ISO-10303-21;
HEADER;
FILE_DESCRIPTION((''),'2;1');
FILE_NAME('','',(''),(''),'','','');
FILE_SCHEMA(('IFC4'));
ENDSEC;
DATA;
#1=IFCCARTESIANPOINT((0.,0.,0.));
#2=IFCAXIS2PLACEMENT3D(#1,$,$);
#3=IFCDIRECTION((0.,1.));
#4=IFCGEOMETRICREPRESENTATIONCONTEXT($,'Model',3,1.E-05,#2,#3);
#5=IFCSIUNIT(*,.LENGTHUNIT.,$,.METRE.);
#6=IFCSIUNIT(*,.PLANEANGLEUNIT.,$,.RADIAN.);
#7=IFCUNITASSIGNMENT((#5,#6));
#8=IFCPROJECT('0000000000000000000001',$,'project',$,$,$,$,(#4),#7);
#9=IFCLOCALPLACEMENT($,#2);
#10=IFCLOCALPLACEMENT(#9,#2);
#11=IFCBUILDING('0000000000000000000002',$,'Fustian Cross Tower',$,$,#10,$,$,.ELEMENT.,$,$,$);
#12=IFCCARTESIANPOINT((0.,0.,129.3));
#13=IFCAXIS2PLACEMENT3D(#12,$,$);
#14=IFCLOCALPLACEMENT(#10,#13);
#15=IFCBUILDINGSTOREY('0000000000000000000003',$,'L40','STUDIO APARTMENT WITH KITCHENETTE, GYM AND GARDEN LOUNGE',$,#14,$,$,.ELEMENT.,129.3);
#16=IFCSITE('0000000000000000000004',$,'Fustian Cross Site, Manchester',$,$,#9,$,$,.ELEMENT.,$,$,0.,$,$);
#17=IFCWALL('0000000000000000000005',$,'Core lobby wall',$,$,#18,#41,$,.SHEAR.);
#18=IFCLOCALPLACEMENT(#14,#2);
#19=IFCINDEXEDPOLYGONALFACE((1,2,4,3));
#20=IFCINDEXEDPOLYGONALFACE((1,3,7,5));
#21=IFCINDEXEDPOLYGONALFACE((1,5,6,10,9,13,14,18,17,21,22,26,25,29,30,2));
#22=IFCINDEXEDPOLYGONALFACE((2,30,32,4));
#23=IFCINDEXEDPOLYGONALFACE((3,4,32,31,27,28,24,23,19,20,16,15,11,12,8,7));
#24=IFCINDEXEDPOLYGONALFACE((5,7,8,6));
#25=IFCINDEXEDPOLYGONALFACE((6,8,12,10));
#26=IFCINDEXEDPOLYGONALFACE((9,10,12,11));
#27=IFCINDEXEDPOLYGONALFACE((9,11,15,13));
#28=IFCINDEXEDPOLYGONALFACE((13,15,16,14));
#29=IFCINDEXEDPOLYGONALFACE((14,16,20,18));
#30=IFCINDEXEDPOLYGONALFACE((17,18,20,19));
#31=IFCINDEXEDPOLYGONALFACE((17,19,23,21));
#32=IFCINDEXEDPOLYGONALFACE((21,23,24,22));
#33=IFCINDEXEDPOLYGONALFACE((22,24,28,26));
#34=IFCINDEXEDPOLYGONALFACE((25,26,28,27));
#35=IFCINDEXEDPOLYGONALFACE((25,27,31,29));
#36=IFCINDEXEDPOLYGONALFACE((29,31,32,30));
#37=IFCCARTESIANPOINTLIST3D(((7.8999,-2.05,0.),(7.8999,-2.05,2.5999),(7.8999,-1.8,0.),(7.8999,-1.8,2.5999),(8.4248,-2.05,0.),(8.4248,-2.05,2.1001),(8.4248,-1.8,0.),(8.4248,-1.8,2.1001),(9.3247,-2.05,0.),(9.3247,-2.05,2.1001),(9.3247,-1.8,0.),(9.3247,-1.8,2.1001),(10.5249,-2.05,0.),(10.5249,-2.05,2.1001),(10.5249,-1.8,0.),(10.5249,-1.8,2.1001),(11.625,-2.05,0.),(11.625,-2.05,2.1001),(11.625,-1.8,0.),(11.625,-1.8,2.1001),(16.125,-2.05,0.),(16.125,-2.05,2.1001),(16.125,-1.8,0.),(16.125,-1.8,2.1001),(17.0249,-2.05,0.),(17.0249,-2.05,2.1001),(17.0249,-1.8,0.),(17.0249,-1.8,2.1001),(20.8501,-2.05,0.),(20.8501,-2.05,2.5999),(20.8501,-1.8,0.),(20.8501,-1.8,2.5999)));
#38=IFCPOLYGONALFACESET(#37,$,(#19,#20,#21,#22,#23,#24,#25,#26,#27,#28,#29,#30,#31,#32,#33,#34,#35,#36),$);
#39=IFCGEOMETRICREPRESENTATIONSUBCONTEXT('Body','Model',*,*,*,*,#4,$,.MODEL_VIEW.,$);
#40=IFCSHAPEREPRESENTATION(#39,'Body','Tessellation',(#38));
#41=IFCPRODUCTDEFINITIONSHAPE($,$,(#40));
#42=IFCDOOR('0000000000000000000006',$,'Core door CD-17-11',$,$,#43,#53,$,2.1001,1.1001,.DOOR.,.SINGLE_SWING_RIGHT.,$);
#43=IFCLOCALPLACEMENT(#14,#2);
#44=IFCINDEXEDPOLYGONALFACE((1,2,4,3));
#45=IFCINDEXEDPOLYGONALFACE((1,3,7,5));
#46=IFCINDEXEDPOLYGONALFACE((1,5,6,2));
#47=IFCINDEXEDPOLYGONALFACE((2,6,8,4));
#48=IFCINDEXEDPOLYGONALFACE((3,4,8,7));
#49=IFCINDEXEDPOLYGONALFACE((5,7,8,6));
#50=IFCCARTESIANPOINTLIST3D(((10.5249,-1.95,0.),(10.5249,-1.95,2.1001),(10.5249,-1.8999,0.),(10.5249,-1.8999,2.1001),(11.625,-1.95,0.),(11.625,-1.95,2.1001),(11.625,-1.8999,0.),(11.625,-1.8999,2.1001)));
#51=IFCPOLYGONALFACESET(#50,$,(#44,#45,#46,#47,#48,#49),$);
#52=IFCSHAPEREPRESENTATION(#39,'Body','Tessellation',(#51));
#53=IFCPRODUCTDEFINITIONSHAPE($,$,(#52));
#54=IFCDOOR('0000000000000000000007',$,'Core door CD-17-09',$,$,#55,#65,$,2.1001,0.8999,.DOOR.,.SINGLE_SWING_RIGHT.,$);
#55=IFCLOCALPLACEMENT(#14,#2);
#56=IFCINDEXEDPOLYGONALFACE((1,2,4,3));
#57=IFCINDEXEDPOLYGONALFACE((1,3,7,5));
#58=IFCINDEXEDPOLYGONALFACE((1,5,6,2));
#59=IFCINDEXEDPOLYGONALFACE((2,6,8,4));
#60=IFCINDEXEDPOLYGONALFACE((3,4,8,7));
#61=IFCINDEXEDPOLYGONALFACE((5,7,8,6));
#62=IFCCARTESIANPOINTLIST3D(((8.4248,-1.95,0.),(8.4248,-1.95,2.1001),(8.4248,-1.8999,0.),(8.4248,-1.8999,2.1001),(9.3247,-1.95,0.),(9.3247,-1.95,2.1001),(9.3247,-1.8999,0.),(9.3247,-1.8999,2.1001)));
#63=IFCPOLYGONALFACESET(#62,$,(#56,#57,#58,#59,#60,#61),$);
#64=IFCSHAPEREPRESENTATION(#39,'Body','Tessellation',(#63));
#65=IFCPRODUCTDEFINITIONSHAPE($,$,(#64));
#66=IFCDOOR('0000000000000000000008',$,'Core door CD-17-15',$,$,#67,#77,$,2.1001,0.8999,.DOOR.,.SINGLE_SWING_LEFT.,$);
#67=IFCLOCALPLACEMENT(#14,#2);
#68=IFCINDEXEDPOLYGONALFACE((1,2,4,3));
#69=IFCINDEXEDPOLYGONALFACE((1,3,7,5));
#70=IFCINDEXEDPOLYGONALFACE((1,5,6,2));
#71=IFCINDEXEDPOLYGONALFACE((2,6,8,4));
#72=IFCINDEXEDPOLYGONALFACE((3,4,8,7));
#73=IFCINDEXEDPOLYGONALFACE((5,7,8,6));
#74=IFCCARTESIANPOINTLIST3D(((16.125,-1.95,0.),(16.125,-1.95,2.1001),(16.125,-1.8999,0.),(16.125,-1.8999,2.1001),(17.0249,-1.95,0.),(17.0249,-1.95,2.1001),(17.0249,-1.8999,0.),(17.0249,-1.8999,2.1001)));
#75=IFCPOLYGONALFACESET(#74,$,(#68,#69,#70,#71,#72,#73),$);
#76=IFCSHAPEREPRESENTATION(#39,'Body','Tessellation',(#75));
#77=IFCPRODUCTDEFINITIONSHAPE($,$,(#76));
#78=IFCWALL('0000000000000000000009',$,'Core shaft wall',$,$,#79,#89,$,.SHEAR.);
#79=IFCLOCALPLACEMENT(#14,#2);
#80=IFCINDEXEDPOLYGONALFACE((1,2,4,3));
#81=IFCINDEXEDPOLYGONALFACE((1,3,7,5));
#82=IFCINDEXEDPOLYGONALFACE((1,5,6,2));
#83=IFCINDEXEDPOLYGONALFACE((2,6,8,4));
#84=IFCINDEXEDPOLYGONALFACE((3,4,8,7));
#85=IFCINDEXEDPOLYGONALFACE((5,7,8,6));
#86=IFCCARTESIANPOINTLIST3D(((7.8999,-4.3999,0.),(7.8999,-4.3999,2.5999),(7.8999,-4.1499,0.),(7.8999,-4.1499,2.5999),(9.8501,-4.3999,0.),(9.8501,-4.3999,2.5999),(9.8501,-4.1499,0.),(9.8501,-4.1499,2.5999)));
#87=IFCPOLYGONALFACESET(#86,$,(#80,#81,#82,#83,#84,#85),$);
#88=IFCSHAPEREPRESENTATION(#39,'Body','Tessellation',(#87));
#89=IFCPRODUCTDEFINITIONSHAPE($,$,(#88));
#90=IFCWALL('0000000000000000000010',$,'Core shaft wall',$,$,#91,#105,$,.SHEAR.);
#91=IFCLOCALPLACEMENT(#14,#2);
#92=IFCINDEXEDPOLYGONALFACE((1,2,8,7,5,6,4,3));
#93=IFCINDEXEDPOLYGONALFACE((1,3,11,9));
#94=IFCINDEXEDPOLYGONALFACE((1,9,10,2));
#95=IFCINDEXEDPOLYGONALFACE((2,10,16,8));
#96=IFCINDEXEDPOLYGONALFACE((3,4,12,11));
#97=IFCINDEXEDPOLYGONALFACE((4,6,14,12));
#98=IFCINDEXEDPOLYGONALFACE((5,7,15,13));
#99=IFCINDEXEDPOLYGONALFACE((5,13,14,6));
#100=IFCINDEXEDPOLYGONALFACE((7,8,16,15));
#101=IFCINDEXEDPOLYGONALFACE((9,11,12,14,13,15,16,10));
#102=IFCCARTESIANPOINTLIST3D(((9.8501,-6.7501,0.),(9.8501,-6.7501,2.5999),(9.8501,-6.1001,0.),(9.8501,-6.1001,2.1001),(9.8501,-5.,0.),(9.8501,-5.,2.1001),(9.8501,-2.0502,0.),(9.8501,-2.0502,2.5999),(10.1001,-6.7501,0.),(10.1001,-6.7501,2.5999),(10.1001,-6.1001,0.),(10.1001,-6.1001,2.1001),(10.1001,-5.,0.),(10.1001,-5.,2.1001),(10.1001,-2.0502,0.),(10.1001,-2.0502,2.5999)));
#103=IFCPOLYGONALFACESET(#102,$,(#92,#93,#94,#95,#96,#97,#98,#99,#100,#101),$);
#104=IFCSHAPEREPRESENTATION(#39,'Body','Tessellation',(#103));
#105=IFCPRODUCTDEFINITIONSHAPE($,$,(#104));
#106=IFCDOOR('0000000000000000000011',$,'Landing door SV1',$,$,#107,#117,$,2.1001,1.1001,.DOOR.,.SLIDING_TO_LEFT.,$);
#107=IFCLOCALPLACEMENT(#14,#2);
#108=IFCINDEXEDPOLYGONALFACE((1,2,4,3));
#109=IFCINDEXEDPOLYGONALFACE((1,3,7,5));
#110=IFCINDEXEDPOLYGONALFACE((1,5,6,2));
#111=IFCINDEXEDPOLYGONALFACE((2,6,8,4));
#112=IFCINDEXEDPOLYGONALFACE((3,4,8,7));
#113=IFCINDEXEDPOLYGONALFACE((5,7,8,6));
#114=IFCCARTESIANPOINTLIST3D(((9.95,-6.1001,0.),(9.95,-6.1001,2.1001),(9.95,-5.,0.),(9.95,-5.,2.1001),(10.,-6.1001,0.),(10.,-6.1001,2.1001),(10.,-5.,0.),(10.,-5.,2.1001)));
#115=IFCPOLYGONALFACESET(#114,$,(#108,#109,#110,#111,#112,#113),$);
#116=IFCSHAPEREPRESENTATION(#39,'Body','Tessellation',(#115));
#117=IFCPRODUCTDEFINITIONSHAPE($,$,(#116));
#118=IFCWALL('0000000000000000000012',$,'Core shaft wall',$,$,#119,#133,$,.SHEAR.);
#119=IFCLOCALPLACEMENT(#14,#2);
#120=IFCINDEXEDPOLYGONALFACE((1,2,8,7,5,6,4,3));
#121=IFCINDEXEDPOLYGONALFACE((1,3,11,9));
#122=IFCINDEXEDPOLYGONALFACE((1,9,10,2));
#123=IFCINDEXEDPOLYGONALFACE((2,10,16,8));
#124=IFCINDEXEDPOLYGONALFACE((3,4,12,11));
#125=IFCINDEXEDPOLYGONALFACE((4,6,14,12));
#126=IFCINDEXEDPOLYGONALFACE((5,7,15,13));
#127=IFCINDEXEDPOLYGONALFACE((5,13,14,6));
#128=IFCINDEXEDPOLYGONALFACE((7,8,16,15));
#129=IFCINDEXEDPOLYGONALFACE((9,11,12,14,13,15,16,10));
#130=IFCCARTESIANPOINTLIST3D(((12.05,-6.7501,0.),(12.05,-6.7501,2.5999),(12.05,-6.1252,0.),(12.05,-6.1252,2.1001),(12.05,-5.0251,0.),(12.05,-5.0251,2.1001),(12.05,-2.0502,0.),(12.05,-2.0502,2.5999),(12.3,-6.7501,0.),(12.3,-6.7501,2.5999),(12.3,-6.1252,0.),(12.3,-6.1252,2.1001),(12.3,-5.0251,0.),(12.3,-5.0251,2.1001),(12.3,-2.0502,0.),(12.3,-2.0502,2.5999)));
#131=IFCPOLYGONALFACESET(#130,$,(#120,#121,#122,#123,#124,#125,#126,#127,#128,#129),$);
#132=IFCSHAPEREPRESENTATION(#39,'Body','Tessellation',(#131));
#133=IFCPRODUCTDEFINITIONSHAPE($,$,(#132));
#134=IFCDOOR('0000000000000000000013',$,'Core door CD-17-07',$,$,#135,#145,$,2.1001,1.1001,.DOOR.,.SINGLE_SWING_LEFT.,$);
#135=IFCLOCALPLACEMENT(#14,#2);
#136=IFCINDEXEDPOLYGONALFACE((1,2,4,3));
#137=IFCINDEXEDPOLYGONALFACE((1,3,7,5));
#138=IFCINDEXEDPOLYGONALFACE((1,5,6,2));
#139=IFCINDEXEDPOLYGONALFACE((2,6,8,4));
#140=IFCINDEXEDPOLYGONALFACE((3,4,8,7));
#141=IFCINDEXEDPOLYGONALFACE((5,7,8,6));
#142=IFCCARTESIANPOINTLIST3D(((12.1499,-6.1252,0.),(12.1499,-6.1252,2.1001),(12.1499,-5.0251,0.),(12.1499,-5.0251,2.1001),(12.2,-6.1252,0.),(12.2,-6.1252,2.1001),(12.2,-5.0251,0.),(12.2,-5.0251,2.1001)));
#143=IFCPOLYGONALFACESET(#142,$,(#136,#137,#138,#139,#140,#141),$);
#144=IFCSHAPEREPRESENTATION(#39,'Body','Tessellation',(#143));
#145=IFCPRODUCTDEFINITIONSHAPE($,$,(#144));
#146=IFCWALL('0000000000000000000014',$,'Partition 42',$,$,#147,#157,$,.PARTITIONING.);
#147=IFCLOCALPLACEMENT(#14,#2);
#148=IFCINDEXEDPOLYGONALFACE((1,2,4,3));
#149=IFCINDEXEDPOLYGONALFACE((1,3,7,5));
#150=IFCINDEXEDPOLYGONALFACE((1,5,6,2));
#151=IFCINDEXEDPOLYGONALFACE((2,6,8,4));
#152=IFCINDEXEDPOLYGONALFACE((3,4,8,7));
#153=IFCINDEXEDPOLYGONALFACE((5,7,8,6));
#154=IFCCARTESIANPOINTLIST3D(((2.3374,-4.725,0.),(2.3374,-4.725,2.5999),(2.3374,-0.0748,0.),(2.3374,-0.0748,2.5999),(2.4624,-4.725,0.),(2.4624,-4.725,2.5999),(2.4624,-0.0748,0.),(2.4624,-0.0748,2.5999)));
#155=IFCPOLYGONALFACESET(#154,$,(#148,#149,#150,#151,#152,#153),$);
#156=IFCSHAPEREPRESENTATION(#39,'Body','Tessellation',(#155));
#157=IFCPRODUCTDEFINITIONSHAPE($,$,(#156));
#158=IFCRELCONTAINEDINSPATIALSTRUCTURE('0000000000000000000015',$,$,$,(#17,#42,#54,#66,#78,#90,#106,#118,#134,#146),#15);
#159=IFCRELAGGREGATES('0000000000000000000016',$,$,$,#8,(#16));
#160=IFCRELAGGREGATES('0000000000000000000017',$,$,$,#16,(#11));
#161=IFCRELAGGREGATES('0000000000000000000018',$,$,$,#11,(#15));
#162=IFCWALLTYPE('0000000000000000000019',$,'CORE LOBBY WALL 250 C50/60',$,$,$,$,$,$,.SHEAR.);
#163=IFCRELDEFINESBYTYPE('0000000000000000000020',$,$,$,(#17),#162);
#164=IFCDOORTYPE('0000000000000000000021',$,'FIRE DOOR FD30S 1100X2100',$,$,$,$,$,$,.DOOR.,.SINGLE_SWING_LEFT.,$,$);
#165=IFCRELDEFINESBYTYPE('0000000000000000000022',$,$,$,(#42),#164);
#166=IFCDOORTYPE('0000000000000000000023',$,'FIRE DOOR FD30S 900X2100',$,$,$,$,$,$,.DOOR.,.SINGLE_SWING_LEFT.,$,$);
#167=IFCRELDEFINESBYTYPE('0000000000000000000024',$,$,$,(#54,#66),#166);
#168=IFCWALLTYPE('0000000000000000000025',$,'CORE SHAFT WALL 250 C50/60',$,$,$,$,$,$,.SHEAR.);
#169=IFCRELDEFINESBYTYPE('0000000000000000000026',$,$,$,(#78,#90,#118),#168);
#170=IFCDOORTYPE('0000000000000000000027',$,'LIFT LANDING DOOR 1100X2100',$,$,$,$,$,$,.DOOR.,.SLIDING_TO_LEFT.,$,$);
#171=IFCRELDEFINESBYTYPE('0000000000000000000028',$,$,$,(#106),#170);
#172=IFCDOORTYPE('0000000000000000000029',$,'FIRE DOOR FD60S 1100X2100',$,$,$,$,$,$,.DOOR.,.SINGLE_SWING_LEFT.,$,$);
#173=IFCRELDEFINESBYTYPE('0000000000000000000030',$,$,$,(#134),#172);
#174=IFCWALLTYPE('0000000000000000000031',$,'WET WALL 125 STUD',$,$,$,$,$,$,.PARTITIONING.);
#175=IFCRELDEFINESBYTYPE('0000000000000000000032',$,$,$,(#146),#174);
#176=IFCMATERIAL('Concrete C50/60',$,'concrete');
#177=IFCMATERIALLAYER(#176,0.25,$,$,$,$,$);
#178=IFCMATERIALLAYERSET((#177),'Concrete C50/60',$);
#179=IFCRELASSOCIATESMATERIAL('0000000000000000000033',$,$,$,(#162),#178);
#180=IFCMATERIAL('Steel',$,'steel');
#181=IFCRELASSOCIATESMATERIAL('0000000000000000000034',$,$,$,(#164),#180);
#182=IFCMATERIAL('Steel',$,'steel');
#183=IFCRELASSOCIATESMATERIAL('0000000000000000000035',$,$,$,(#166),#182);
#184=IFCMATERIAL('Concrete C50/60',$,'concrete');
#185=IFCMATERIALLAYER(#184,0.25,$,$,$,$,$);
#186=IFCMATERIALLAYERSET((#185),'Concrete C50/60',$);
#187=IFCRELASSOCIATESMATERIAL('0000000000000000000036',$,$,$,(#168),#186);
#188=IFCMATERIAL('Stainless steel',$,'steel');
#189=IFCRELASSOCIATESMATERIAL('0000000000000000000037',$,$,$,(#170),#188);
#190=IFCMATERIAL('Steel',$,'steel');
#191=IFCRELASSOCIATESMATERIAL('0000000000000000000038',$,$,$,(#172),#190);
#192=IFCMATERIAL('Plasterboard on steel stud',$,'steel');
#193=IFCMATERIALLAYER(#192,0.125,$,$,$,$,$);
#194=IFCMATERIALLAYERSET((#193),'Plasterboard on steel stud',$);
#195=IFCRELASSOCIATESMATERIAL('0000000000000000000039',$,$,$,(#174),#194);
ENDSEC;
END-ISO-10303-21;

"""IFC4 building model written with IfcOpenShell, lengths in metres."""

from ifc_helpers import new_model, si_unit, direction, frame, frame_2d, origin, place, context, subcontext, project, spatial, rectangle, extrude, material, layer, layer_set, type_object, element, fill, save


model = new_model("IFC4")

# Units and contexts
model_context = context("Model", 3, precision=1e-05, world=origin(), true_north=direction((0.0, 1.0)))
body_context = subcontext(model_context, "Body", "Model", "MODEL_VIEW")
ifc_project = project(units=[si_unit("LENGTHUNIT", "METRE"), si_unit("PLANEANGLEUNIT", "RADIAN")], contexts=[model_context])

# Site, building, storey
site_placement = place(None, origin())
site = spatial("IfcSite", under=ifc_project, at=site_placement, Name="Fustian Cross Site, Manchester", CompositionType="ELEMENT", RefElevation=0.0)
building_placement = place(site_placement, origin())
building = spatial("IfcBuilding", under=site, at=building_placement, Name="Fustian Cross Tower", CompositionType="ELEMENT")
storey_placement = place(building_placement, frame((0.0, 0.0, 129.3)))
storey = spatial("IfcBuildingStorey", under=building, at=storey_placement, Name="L40", Description="STUDIO APARTMENT WITH KITCHENETTE, GYM AND GARDEN LOUNGE", CompositionType="ELEMENT", Elevation=129.3)

# Wall, openings, doors
ifc_material_1 = material(Name="Concrete C50/60", Category="concrete")
ifc_layer_1 = layer(ifc_material_1, 0.25)
ifc_layer_set_1 = layer_set([ifc_layer_1], Name="Concrete C50/60")
wall_type_1 = type_object("IfcWallType", Name="CORE LOBBY WALL 250 C50/60", PredefinedType="SHEAR", material=ifc_layer_set_1)
wall_1_placement = place(storey_placement, frame((7.8999, -1.925, 0.0), z_axis=(0.0, 0.0, 1.0), x_axis=(1.0, 0.0, 0.0)))
wall_1 = element("IfcWall", 1, at=wall_1_placement, inside=storey, type_object=wall_type_1, Name="Core lobby wall", PredefinedType="SHEAR", context=body_context, shape_type="SweptSolid", body=[
    extrude(rectangle(XDim=12.9502, YDim=0.25, at=frame_2d((6.4751, 0.0))), origin(), (0.0, 0.0, 1.0), 2.5999),
])
opening_1_placement = place(wall_1_placement, frame((0.5249, 0.0, 0.0)))
opening_1 = element("IfcOpeningElement", 2, at=opening_1_placement, cuts=wall_1, PredefinedType="OPENING", context=body_context, shape_type="SweptSolid", body=[
    extrude(rectangle(XDim=0.8999, YDim=2.1001, at=frame_2d((0.45, 1.05))), frame((0.0, 0.135, 0.0), z_axis=(0.0, -1.0, 0.0), x_axis=(1.0, 0.0, 0.0)), (0.0, 0.0, 1.0), 0.27),
])
opening_2_placement = place(wall_1_placement, frame((2.625, 0.0, 0.0)))
opening_2 = element("IfcOpeningElement", 3, at=opening_2_placement, cuts=wall_1, PredefinedType="OPENING", context=body_context, shape_type="SweptSolid", body=[
    extrude(rectangle(XDim=1.1001, YDim=2.1001, at=frame_2d((0.55, 1.05))), frame((0.0, 0.135, 0.0), z_axis=(0.0, -1.0, 0.0), x_axis=(1.0, 0.0, 0.0)), (0.0, 0.0, 1.0), 0.27),
])
opening_3_placement = place(wall_1_placement, frame((8.2251, 0.0, 0.0)))
opening_3 = element("IfcOpeningElement", 4, at=opening_3_placement, cuts=wall_1, PredefinedType="OPENING", context=body_context, shape_type="SweptSolid", body=[
    extrude(rectangle(XDim=0.8999, YDim=2.1001, at=frame_2d((0.45, 1.05))), frame((0.0, 0.135, 0.0), z_axis=(0.0, -1.0, 0.0), x_axis=(1.0, 0.0, 0.0)), (0.0, 0.0, 1.0), 0.27),
])
ifc_material_2 = material(Name="Steel", Category="steel")
door_type_1 = type_object("IfcDoorType", Name="FIRE DOOR FD30S 1100X2100", OperationType="SINGLE_SWING_LEFT", PredefinedType="DOOR", material=ifc_material_2)
door_1_placement = place(opening_2_placement, frame((1.1001, 0.0, 0.0), z_axis=(0.0, 0.0, 1.0), x_axis=(-1.0, 0.0, 0.0)))
door_1 = element("IfcDoor", 5, at=door_1_placement, inside=storey, type_object=door_type_1, Name="Core door CD-17-11", OperationType="SINGLE_SWING_RIGHT", OverallHeight=2.1001, OverallWidth=1.1001, PredefinedType="DOOR", context=body_context, shape_type="SweptSolid", body=[
    extrude(rectangle(XDim=1.1001, YDim=2.1001, at=frame_2d((0.55, 1.05))), frame((0.0, 0.0249, 0.0), z_axis=(0.0, -1.0, 0.0), x_axis=(1.0, 0.0, 0.0)), (0.0, 0.0, 1.0), 0.05),
])
fill(opening_2, door_1)
ifc_material_3 = material(Name="Steel", Category="steel")
door_type_2 = type_object("IfcDoorType", Name="FIRE DOOR FD30S 900X2100", OperationType="SINGLE_SWING_LEFT", PredefinedType="DOOR", material=ifc_material_3)
door_2_placement = place(opening_1_placement, frame((0.8999, 0.0, 0.0), z_axis=(0.0, 0.0, 1.0), x_axis=(-1.0, 0.0, 0.0)))
door_2 = element("IfcDoor", 6, at=door_2_placement, inside=storey, type_object=door_type_2, Name="Core door CD-17-09", OperationType="SINGLE_SWING_RIGHT", OverallHeight=2.1001, OverallWidth=0.8999, PredefinedType="DOOR", context=body_context, shape_type="SweptSolid", body=[
    extrude(rectangle(XDim=0.8999, YDim=2.1001, at=frame_2d((0.45, 1.05))), frame((0.0, 0.0249, 0.0), z_axis=(0.0, -1.0, 0.0), x_axis=(1.0, 0.0, 0.0)), (0.0, 0.0, 1.0), 0.05),
])
fill(opening_1, door_2)
door_3_placement = place(opening_3_placement, frame((0.8999, 0.0, 0.0), z_axis=(0.0, 0.0, 1.0), x_axis=(-1.0, 0.0, 0.0)))
door_3 = element("IfcDoor", 7, at=door_3_placement, inside=storey, type_object=door_type_2, Name="Core door CD-17-15", OperationType="SINGLE_SWING_LEFT", OverallHeight=2.1001, OverallWidth=0.8999, PredefinedType="DOOR", context=body_context, shape_type="SweptSolid", body=[
    extrude(rectangle(XDim=0.8999, YDim=2.1001, at=frame_2d((0.45, 1.05))), frame((0.0, 0.0249, 0.0), z_axis=(0.0, -1.0, 0.0), x_axis=(1.0, 0.0, 0.0)), (0.0, 0.0, 1.0), 0.05),
])
fill(opening_3, door_3)

# Wall
ifc_material_4 = material(Name="Concrete C50/60", Category="concrete")
ifc_layer_2 = layer(ifc_material_4, 0.25)
ifc_layer_set_2 = layer_set([ifc_layer_2], Name="Concrete C50/60")
wall_type_2 = type_object("IfcWallType", Name="CORE SHAFT WALL 250 C50/60", PredefinedType="SHEAR", material=ifc_layer_set_2)
wall_2_placement = place(storey_placement, frame((7.8999, -4.2749, 0.0), z_axis=(0.0, 0.0, 1.0), x_axis=(1.0, 0.0, 0.0)))
element("IfcWall", 8, at=wall_2_placement, inside=storey, type_object=wall_type_2, Name="Core shaft wall", PredefinedType="SHEAR", context=body_context, shape_type="SweptSolid", body=[
    extrude(rectangle(XDim=1.9502, YDim=0.25, at=frame_2d((0.9751, 0.0))), origin(), (0.0, 0.0, 1.0), 2.5999),
])

# Walls, openings, doors
wall_3_placement = place(storey_placement, frame((9.9751, -2.05, 0.0), z_axis=(0.0, 0.0, 1.0), x_axis=(0.0, -1.0, 0.0)))
wall_3 = element("IfcWall", 9, at=wall_3_placement, inside=storey, type_object=wall_type_2, Name="Core shaft wall", PredefinedType="SHEAR", context=body_context, shape_type="SweptSolid", body=[
    extrude(rectangle(XDim=4.7, YDim=0.25, at=frame_2d((2.3501, 0.0))), origin(), (0.0, 0.0, 1.0), 2.5999),
])
opening_4_placement = place(wall_3_placement, frame((2.95, 0.0, 0.0)))
opening_4 = element("IfcOpeningElement", 10, at=opening_4_placement, cuts=wall_3, PredefinedType="OPENING", context=body_context, shape_type="SweptSolid", body=[
    extrude(rectangle(XDim=1.1001, YDim=2.1001, at=frame_2d((0.55, 1.05))), frame((0.0, 0.135, 0.0), z_axis=(0.0, -1.0, 0.0), x_axis=(1.0, 0.0, 0.0)), (0.0, 0.0, 1.0), 0.27),
])
ifc_material_5 = material(Name="Stainless steel", Category="steel")
door_type_3 = type_object("IfcDoorType", Name="LIFT LANDING DOOR 1100X2100", OperationType="SLIDING_TO_LEFT", PredefinedType="DOOR", material=ifc_material_5)
door_4_placement = place(opening_4_placement, origin())
door_4 = element("IfcDoor", 11, at=door_4_placement, inside=storey, type_object=door_type_3, Name="Landing door SV1", OperationType="SLIDING_TO_LEFT", OverallHeight=2.1001, OverallWidth=1.1001, PredefinedType="DOOR", context=body_context, shape_type="SweptSolid", body=[
    extrude(rectangle(XDim=1.1001, YDim=2.1001, at=frame_2d((0.55, 1.05))), frame((0.0, 0.0249, 0.0), z_axis=(0.0, -1.0, 0.0), x_axis=(1.0, 0.0, 0.0)), (0.0, 0.0, 1.0), 0.05),
])
fill(opening_4, door_4)
wall_4_placement = place(storey_placement, frame((12.175, -2.05, 0.0), z_axis=(0.0, 0.0, 1.0), x_axis=(0.0, -1.0, 0.0)))
wall_4 = element("IfcWall", 12, at=wall_4_placement, inside=storey, type_object=wall_type_2, Name="Core shaft wall", PredefinedType="SHEAR", context=body_context, shape_type="SweptSolid", body=[
    extrude(rectangle(XDim=4.7, YDim=0.25, at=frame_2d((2.3501, 0.0))), origin(), (0.0, 0.0, 1.0), 2.5999),
])
opening_5_placement = place(wall_4_placement, frame((2.9751, 0.0, 0.0)))
opening_5 = element("IfcOpeningElement", 13, at=opening_5_placement, cuts=wall_4, PredefinedType="OPENING", context=body_context, shape_type="SweptSolid", body=[
    extrude(rectangle(XDim=1.1001, YDim=2.1001, at=frame_2d((0.55, 1.05))), frame((0.0, 0.135, 0.0), z_axis=(0.0, -1.0, 0.0), x_axis=(1.0, 0.0, 0.0)), (0.0, 0.0, 1.0), 0.27),
])
ifc_material_6 = material(Name="Steel", Category="steel")
door_type_4 = type_object("IfcDoorType", Name="FIRE DOOR FD60S 1100X2100", OperationType="SINGLE_SWING_LEFT", PredefinedType="DOOR", material=ifc_material_6)
door_5_placement = place(opening_5_placement, origin())
door_5 = element("IfcDoor", 14, at=door_5_placement, inside=storey, type_object=door_type_4, Name="Core door CD-17-07", OperationType="SINGLE_SWING_LEFT", OverallHeight=2.1001, OverallWidth=1.1001, PredefinedType="DOOR", context=body_context, shape_type="SweptSolid", body=[
    extrude(rectangle(XDim=1.1001, YDim=2.1001, at=frame_2d((0.55, 1.05))), frame((0.0, 0.0249, 0.0), z_axis=(0.0, -1.0, 0.0), x_axis=(1.0, 0.0, 0.0)), (0.0, 0.0, 1.0), 0.05),
])
fill(opening_5, door_5)

# Wall
ifc_material_7 = material(Name="Plasterboard on steel stud", Category="steel")
ifc_layer_3 = layer(ifc_material_7, 0.125)
ifc_layer_set_3 = layer_set([ifc_layer_3], Name="Plasterboard on steel stud")
wall_type_3 = type_object("IfcWallType", Name="WET WALL 125 STUD", PredefinedType="PARTITIONING", material=ifc_layer_set_3)
wall_5_placement = place(storey_placement, frame((2.3999, -4.7251, 0.0), z_axis=(0.0, 0.0, 1.0), x_axis=(0.0, 1.0, 0.0)))
element("IfcWall", 15, at=wall_5_placement, inside=storey, type_object=wall_type_3, Name="Partition 42", PredefinedType="PARTITIONING", context=body_context, shape_type="SweptSolid", body=[
    extrude(rectangle(XDim=4.6501, YDim=0.125, at=frame_2d((2.3252, 0.0))), origin(), (0.0, 0.0, 1.0), 2.5999),
])

save(model, "model.ifc")
